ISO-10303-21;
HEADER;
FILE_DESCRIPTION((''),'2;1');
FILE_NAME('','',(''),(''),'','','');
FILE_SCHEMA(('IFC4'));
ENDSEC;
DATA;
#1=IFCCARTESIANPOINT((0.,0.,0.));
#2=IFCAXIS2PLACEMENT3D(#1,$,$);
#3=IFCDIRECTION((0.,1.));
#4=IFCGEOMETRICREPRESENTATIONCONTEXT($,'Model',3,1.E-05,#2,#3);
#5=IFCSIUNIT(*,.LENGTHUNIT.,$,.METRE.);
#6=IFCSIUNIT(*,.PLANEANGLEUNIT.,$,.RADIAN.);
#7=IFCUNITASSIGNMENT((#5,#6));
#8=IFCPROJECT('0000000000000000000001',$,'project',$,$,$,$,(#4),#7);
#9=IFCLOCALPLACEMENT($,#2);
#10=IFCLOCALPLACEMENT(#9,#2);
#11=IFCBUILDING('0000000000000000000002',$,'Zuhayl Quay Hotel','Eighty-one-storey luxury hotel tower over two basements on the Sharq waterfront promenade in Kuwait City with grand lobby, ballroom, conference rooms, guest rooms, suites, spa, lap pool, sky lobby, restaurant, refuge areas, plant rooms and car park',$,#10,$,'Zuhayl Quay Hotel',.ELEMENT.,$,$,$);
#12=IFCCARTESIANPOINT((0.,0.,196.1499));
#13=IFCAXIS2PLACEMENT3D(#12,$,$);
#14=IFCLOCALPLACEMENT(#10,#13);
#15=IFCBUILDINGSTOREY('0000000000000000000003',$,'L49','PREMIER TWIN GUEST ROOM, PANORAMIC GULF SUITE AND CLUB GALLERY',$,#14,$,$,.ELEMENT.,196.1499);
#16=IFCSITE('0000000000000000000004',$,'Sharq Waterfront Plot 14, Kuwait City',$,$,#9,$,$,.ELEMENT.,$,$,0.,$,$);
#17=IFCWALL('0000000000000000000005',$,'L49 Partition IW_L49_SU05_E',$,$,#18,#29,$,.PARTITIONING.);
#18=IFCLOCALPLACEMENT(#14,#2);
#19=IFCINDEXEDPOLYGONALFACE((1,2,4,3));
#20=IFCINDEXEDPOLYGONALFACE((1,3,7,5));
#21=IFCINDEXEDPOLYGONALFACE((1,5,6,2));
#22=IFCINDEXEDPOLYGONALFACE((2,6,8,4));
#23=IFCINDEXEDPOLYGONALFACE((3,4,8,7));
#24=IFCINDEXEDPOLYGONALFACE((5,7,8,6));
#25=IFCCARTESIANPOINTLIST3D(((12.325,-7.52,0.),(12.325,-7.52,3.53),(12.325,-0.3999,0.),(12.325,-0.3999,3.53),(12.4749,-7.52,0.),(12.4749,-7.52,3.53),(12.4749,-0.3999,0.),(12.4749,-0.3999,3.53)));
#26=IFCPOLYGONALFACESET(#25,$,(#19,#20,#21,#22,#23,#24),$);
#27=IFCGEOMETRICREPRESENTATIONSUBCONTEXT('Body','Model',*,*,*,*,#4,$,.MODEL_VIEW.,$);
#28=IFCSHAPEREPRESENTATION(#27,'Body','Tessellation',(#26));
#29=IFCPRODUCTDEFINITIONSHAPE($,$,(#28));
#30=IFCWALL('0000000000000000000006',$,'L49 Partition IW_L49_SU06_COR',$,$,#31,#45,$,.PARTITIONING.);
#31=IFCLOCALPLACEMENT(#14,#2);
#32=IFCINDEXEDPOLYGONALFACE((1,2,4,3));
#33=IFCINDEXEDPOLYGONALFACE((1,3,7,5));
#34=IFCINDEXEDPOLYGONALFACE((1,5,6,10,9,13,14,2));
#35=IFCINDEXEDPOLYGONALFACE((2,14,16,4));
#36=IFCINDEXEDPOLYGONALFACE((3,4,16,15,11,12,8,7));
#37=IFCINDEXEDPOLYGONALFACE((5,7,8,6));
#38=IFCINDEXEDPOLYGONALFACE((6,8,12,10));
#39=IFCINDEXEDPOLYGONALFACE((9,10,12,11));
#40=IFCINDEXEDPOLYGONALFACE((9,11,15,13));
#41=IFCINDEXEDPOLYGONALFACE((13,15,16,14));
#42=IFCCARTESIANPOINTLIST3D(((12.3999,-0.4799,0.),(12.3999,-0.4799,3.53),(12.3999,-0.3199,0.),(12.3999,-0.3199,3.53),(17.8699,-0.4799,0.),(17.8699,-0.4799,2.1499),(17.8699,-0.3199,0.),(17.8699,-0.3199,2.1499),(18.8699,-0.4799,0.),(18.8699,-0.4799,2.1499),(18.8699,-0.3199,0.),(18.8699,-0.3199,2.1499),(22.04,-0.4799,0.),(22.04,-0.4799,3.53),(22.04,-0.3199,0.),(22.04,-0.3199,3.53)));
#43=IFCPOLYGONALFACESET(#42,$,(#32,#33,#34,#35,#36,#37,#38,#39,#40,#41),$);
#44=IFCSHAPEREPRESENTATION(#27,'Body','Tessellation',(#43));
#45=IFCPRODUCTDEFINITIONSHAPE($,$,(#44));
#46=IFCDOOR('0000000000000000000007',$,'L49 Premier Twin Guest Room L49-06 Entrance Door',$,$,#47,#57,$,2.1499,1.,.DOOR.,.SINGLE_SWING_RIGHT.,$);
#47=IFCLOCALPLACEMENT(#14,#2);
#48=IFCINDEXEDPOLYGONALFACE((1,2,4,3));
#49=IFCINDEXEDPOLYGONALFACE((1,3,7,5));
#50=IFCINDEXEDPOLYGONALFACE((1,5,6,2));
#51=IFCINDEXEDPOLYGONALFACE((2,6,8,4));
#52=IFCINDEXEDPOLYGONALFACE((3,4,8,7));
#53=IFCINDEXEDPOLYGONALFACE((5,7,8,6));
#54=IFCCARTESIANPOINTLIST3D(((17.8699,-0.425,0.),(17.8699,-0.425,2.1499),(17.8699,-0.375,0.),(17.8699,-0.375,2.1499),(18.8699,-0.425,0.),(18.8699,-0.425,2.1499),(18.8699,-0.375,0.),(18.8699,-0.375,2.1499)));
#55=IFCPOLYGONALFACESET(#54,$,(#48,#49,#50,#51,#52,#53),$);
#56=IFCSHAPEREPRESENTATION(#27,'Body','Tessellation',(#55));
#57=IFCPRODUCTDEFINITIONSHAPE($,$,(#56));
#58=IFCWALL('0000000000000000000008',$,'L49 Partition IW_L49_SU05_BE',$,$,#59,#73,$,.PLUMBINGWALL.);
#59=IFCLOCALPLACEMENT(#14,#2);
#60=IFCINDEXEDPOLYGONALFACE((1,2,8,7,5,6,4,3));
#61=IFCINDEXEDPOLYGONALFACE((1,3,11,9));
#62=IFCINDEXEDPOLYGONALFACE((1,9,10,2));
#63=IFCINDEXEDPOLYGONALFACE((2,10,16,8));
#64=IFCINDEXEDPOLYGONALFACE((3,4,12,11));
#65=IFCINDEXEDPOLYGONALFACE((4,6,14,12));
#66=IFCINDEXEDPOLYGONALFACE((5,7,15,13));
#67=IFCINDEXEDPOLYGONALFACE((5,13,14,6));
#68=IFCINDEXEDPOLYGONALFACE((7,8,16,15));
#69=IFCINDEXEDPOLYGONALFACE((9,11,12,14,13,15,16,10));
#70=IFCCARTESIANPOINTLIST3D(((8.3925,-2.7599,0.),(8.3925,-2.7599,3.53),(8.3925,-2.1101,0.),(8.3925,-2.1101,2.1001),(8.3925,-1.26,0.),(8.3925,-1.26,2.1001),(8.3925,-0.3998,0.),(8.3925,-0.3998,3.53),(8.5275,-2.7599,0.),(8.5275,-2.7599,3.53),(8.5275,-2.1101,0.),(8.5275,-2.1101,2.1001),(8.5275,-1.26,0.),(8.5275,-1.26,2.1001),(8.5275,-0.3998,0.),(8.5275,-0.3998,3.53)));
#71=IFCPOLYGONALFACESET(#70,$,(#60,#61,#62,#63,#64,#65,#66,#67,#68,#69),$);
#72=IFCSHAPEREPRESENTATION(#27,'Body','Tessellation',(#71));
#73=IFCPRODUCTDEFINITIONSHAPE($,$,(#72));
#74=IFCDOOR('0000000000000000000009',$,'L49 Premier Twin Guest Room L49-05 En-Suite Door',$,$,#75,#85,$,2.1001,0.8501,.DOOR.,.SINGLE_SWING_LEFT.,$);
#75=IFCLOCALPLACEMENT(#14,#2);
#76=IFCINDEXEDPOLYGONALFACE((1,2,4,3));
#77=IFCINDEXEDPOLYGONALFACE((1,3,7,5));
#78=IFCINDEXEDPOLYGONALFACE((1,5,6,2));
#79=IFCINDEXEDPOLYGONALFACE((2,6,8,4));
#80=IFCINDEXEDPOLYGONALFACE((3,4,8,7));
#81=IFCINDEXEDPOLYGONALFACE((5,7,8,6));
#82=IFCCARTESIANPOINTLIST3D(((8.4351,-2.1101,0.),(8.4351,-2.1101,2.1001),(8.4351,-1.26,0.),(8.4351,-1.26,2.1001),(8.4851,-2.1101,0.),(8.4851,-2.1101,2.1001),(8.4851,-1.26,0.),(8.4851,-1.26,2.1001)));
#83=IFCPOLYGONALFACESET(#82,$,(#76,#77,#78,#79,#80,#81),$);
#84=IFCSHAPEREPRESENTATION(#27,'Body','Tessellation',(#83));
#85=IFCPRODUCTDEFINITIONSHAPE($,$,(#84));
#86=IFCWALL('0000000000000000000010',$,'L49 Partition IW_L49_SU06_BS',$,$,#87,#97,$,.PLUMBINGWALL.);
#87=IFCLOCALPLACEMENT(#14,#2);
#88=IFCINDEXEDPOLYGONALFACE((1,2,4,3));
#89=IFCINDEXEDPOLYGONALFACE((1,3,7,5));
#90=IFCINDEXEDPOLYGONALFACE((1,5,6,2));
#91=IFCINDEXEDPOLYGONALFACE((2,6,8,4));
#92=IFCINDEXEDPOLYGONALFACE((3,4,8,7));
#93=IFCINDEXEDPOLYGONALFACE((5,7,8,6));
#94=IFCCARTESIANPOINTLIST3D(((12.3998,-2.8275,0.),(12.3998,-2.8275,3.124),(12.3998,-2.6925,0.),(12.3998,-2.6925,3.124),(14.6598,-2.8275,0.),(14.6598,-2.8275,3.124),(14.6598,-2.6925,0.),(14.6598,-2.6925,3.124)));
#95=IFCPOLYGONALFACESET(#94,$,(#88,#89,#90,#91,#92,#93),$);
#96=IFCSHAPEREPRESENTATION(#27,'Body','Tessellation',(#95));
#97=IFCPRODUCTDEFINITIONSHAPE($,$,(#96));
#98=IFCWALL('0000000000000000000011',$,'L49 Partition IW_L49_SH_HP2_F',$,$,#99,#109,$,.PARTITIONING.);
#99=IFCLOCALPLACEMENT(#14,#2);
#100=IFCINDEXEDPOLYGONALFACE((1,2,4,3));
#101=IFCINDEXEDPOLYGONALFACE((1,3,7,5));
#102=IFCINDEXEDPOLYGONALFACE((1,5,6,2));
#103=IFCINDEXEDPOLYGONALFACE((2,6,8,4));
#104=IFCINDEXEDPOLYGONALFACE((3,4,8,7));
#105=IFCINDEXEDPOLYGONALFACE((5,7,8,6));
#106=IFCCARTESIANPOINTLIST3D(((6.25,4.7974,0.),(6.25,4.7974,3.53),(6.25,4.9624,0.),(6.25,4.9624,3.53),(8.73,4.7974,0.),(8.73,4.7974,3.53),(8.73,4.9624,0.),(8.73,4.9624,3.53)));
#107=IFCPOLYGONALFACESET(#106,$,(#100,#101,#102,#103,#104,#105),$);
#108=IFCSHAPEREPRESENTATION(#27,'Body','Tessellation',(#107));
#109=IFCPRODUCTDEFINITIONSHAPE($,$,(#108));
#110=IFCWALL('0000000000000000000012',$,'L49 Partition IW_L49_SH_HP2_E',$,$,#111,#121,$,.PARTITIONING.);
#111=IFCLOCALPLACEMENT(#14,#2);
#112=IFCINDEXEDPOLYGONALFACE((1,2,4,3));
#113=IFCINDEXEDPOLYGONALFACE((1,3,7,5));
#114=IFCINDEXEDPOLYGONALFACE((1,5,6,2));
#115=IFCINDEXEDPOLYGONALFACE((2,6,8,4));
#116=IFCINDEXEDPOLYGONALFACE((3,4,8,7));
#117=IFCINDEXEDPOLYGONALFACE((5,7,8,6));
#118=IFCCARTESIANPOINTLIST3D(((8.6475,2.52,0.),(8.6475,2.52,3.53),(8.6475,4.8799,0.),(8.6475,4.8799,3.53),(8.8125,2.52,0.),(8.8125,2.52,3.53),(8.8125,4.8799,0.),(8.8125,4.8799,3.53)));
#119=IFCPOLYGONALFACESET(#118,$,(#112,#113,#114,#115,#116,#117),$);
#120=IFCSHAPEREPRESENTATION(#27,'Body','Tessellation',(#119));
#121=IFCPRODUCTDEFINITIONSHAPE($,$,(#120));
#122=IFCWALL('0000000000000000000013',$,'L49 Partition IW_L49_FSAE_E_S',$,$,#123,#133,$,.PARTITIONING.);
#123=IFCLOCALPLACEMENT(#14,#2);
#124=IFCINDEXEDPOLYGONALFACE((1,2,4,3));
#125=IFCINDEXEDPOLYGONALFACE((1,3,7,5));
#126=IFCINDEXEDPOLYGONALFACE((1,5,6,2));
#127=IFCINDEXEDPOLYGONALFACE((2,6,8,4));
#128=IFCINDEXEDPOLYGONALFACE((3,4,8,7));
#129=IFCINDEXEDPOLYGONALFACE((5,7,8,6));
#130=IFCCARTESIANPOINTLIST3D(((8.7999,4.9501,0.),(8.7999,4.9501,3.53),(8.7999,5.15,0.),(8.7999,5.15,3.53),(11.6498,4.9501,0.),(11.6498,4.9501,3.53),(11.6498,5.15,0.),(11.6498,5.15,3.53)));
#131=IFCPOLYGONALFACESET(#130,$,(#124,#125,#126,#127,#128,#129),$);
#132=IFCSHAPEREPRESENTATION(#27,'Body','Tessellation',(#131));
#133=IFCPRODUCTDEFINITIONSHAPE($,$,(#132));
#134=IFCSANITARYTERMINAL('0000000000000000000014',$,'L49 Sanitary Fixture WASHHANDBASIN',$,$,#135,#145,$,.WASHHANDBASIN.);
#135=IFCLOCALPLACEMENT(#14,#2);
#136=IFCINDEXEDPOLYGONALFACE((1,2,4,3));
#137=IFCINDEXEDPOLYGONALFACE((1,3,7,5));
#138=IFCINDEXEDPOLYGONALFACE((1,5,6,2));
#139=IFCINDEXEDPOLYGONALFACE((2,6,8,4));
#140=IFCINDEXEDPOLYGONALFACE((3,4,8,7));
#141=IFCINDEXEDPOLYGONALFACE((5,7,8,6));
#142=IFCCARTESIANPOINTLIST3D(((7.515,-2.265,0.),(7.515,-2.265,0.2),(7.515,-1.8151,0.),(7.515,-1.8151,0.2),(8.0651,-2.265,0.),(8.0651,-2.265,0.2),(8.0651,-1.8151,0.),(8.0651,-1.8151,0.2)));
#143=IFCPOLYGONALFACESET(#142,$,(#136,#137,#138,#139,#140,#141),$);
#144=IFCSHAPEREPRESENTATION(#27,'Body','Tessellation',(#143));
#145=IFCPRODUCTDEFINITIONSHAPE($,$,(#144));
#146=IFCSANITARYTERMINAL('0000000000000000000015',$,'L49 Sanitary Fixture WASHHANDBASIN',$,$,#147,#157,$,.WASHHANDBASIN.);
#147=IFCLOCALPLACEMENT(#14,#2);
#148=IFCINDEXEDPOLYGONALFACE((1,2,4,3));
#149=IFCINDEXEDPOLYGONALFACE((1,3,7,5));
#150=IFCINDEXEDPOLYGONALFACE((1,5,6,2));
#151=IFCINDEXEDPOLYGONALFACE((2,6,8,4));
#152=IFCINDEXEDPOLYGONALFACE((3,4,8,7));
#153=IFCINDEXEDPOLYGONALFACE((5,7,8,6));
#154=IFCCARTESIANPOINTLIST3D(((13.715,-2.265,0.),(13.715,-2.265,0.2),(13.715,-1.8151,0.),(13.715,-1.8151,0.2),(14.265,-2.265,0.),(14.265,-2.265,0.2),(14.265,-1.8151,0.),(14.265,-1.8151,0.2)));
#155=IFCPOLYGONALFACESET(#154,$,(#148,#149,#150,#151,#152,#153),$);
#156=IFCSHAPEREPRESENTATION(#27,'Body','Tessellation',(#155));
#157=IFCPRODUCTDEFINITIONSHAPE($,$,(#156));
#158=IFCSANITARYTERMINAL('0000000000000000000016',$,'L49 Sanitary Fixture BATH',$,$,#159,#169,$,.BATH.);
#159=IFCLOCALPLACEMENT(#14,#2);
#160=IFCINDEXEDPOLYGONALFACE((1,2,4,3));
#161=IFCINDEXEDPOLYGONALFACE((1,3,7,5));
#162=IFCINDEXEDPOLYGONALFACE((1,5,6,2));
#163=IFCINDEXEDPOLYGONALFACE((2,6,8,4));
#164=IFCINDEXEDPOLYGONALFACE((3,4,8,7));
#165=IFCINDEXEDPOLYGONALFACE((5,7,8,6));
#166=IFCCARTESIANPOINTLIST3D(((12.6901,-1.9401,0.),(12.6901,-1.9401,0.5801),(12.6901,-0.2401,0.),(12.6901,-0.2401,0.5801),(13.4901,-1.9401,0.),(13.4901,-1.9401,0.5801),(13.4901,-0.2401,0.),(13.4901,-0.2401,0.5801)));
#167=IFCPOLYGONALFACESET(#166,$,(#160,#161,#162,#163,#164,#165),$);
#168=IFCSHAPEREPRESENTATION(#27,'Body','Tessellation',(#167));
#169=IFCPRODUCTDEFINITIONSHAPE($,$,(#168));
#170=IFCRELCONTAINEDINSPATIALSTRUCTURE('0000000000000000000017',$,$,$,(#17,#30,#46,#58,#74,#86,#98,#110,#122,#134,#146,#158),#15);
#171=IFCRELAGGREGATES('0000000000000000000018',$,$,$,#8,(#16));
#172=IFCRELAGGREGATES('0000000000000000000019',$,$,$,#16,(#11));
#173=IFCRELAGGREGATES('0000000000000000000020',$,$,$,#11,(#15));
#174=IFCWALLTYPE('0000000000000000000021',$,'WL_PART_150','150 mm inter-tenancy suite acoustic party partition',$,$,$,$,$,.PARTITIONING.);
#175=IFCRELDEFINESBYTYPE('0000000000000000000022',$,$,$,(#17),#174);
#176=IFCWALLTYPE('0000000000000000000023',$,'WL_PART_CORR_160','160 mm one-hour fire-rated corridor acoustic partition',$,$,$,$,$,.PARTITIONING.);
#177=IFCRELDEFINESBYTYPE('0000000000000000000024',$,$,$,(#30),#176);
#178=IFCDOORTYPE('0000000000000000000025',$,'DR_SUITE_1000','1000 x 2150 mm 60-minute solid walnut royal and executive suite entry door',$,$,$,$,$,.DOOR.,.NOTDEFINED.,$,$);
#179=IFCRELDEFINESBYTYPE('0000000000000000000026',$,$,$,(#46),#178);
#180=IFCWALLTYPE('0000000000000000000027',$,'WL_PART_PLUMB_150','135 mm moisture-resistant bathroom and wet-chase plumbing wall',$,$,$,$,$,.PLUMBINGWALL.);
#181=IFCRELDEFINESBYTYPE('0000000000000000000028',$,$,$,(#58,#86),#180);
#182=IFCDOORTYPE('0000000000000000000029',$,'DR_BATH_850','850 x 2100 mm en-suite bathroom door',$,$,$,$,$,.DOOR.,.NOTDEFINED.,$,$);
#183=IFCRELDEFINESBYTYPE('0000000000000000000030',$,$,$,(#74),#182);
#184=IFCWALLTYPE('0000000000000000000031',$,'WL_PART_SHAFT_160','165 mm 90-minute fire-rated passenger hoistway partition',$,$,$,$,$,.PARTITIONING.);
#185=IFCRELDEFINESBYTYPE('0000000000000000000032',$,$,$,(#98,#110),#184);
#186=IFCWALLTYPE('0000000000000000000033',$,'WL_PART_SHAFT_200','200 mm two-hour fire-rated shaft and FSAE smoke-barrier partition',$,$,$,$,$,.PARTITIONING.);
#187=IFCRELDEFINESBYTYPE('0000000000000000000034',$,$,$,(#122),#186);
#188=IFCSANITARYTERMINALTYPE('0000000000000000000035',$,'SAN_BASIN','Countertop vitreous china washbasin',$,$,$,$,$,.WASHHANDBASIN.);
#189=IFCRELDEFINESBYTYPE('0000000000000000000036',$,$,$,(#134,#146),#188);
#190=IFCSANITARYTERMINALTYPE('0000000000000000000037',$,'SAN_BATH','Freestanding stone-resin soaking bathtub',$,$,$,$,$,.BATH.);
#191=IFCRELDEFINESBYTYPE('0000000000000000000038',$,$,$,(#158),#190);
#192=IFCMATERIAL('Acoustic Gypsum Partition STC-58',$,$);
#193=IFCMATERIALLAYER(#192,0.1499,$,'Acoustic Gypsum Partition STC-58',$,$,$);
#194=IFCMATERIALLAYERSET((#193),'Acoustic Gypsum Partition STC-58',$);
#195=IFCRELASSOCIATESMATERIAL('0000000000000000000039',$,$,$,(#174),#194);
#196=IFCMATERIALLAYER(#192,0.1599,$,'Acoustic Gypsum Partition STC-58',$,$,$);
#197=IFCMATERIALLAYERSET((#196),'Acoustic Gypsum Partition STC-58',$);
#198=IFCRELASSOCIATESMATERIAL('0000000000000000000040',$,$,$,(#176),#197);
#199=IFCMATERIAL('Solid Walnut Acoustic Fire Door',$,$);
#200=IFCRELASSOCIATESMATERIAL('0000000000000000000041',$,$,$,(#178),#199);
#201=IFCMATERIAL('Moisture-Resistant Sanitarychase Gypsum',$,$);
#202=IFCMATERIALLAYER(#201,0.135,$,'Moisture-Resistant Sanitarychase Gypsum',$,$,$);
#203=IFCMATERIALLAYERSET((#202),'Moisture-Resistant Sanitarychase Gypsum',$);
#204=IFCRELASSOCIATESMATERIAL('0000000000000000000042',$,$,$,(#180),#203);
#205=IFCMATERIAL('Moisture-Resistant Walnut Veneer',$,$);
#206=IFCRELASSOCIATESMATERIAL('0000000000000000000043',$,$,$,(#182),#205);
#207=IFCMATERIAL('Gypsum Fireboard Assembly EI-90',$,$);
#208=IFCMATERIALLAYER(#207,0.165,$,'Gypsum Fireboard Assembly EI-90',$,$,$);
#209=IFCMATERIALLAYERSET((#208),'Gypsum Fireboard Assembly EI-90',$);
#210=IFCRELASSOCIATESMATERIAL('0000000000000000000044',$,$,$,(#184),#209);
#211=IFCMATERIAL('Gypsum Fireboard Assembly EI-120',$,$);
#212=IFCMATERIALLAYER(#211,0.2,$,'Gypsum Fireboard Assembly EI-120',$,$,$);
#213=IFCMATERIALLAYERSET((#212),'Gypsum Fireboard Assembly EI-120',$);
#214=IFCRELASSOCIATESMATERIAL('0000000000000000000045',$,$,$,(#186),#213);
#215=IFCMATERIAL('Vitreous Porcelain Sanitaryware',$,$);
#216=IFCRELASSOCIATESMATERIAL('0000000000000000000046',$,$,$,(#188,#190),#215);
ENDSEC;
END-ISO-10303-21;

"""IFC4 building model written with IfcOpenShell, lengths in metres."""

from ifc_helpers import new_model, si_unit, direction, frame, frame_2d, origin, origin_2d, place, context, subcontext, project, spatial, rectangle, extrude, material, layer, layer_set, type_object, element, fill, save


model = new_model("IFC4")

# Units and contexts
model_context = context("Model", 3, precision=1e-05, world=origin(), true_north=direction((0.0, 1.0)))
body_context = subcontext(model_context, "Body", "Model", "MODEL_VIEW")
ifc_project = project(units=[si_unit("LENGTHUNIT", "METRE"), si_unit("PLANEANGLEUNIT", "RADIAN")], contexts=[model_context])

# Site, building, storey
site_placement = place(None, origin())
site = spatial("IfcSite", under=ifc_project, at=site_placement, Name="Sharq Waterfront Plot 14, Kuwait City", CompositionType="ELEMENT", RefElevation=0.0)
building_placement = place(site_placement, origin())
building = spatial("IfcBuilding", under=site, at=building_placement, Name="Zuhayl Quay Hotel", Description="Eighty-one-storey luxury hotel tower over two basements on the Sharq waterfront promenade in Kuwait City with grand lobby, ballroom, conference rooms, guest rooms, suites, spa, lap pool, sky lobby, restaurant, refuge areas, plant rooms and car park", LongName="Zuhayl Quay Hotel", CompositionType="ELEMENT")
storey_placement = place(building_placement, frame((0.0, 0.0, 196.1499)))
storey = spatial("IfcBuildingStorey", under=building, at=storey_placement, Name="L49", Description="PREMIER TWIN GUEST ROOM, PANORAMIC GULF SUITE AND CLUB GALLERY", CompositionType="ELEMENT", Elevation=196.1499)

# Wall
ifc_material_1 = material(Name="Acoustic Gypsum Partition STC-58")
ifc_layer_1 = layer(ifc_material_1, 0.1499, Name="Acoustic Gypsum Partition STC-58")
ifc_layer_set_1 = layer_set([ifc_layer_1], Name="Acoustic Gypsum Partition STC-58")
wall_type_1 = type_object("IfcWallType", Name="WL_PART_150", Description="150 mm inter-tenancy suite acoustic party partition", PredefinedType="PARTITIONING", material=ifc_layer_set_1)
wall_1_placement = place(storey_placement, frame((12.3999, -7.52, 0.0), z_axis=(0.0, 0.0, 1.0), x_axis=(0.0, 1.0, 0.0)))
element("IfcWall", 1, at=wall_1_placement, inside=storey, type_object=wall_type_1, Name="L49 Partition IW_L49_SU05_E", PredefinedType="PARTITIONING", context=body_context, shape_type="SweptSolid", body=[
    extrude(rectangle(XDim=7.1201, YDim=0.1499, at=frame_2d((3.5601, 0.0))), origin(), (0.0, 0.0, 1.0), 3.53),
])

# Walls, openings, doors
ifc_layer_2 = layer(ifc_material_1, 0.1599, Name="Acoustic Gypsum Partition STC-58")
ifc_layer_set_2 = layer_set([ifc_layer_2], Name="Acoustic Gypsum Partition STC-58")
wall_type_2 = type_object("IfcWallType", Name="WL_PART_CORR_160", Description="160 mm one-hour fire-rated corridor acoustic partition", PredefinedType="PARTITIONING", material=ifc_layer_set_2)
wall_2_placement = place(storey_placement, frame((12.3999, -0.3999, 0.0), z_axis=(0.0, 0.0, 1.0), x_axis=(1.0, 0.0, 0.0)))
wall_2 = element("IfcWall", 2, at=wall_2_placement, inside=storey, type_object=wall_type_2, Name="L49 Partition IW_L49_SU06_COR", PredefinedType="PARTITIONING", context=body_context, shape_type="SweptSolid", body=[
    extrude(rectangle(XDim=9.6401, YDim=0.1599, at=frame_2d((4.8201, 0.0))), origin(), (0.0, 0.0, 1.0), 3.53),
])
opening_1_placement = place(wall_2_placement, frame((5.47, 0.0, 0.0)))
opening_1 = element("IfcOpeningElement", 3, at=opening_1_placement, cuts=wall_2, PredefinedType="OPENING", context=body_context, shape_type="SweptSolid", body=[
    extrude(rectangle(XDim=1.0, YDim=2.1499, at=frame_2d((0.5, 1.075))), frame((0.0, 0.0898, 0.0), z_axis=(0.0, -1.0, 0.0), x_axis=(1.0, 0.0, 0.0)), (0.0, 0.0, 1.0), 0.1799),
])
ifc_material_2 = material(Name="Solid Walnut Acoustic Fire Door")
door_type_1 = type_object("IfcDoorType", Name="DR_SUITE_1000", Description="1000 x 2150 mm 60-minute solid walnut royal and executive suite entry door", OperationType="NOTDEFINED", PredefinedType="DOOR", material=ifc_material_2)
door_1_placement = place(opening_1_placement, origin())
door_1 = element("IfcDoor", 4, at=door_1_placement, inside=storey, type_object=door_type_1, Name="L49 Premier Twin Guest Room L49-06 Entrance Door", OperationType="SINGLE_SWING_RIGHT", OverallHeight=2.1499, OverallWidth=1.0, PredefinedType="DOOR", context=body_context, shape_type="SweptSolid", body=[
    extrude(rectangle(XDim=1.0, YDim=2.1499, at=frame_2d((0.5, 1.075))), frame((0.0, 0.0249, 0.0), z_axis=(0.0, -1.0, 0.0), x_axis=(1.0, 0.0, 0.0)), (0.0, 0.0, 1.0), 0.05),
])
fill(opening_1, door_1)
ifc_material_3 = material(Name="Moisture-Resistant Sanitarychase Gypsum")
ifc_layer_3 = layer(ifc_material_3, 0.135, Name="Moisture-Resistant Sanitarychase Gypsum")
ifc_layer_set_3 = layer_set([ifc_layer_3], Name="Moisture-Resistant Sanitarychase Gypsum")
wall_type_3 = type_object("IfcWallType", Name="WL_PART_PLUMB_150", Description="135 mm moisture-resistant bathroom and wet-chase plumbing wall", PredefinedType="PLUMBINGWALL", material=ifc_layer_set_3)
wall_3_placement = place(storey_placement, frame((8.46, -2.76, 0.0), z_axis=(0.0, 0.0, 1.0), x_axis=(0.0, 1.0, 0.0)))
wall_3 = element("IfcWall", 5, at=wall_3_placement, inside=storey, type_object=wall_type_3, Name="L49 Partition IW_L49_SU05_BE", PredefinedType="PLUMBINGWALL", context=body_context, shape_type="SweptSolid", body=[
    extrude(rectangle(XDim=2.3601, YDim=0.135, at=frame_2d((1.1802, 0.0))), origin(), (0.0, 0.0, 1.0), 3.53),
])
opening_2_placement = place(wall_3_placement, frame((0.6499, 0.0, 0.0)))
opening_2 = element("IfcOpeningElement", 6, at=opening_2_placement, cuts=wall_3, PredefinedType="OPENING", context=body_context, shape_type="SweptSolid", body=[
    extrude(rectangle(XDim=0.8501, YDim=2.1001, at=frame_2d((0.425, 1.05))), frame((0.0, 0.0774, 0.0), z_axis=(0.0, -1.0, 0.0), x_axis=(1.0, 0.0, 0.0)), (0.0, 0.0, 1.0), 0.155),
])
ifc_material_4 = material(Name="Moisture-Resistant Walnut Veneer")
door_type_2 = type_object("IfcDoorType", Name="DR_BATH_850", Description="850 x 2100 mm en-suite bathroom door", OperationType="NOTDEFINED", PredefinedType="DOOR", material=ifc_material_4)
door_2_placement = place(opening_2_placement, origin())
door_2 = element("IfcDoor", 7, at=door_2_placement, inside=storey, type_object=door_type_2, Name="L49 Premier Twin Guest Room L49-05 En-Suite Door", OperationType="SINGLE_SWING_LEFT", OverallHeight=2.1001, OverallWidth=0.8501, PredefinedType="DOOR", context=body_context, shape_type="SweptSolid", body=[
    extrude(rectangle(XDim=0.8501, YDim=2.1001, at=frame_2d((0.425, 1.05))), frame((0.0, 0.0249, 0.0), z_axis=(0.0, -1.0, 0.0), x_axis=(1.0, 0.0, 0.0)), (0.0, 0.0, 1.0), 0.05),
])
fill(opening_2, door_2)

# Walls
wall_4_placement = place(storey_placement, frame((12.3999, -2.76, 0.0), z_axis=(0.0, 0.0, 1.0), x_axis=(1.0, 0.0, 0.0)))
element("IfcWall", 8, at=wall_4_placement, inside=storey, type_object=wall_type_3, Name="L49 Partition IW_L49_SU06_BS", PredefinedType="PLUMBINGWALL", context=body_context, shape_type="SweptSolid", body=[
    extrude(rectangle(XDim=2.26, YDim=0.135, at=frame_2d((1.1299, 0.0))), origin(), (0.0, 0.0, 1.0), 3.124),
])
ifc_material_5 = material(Name="Gypsum Fireboard Assembly EI-90")
ifc_layer_4 = layer(ifc_material_5, 0.165, Name="Gypsum Fireboard Assembly EI-90")
ifc_layer_set_4 = layer_set([ifc_layer_4], Name="Gypsum Fireboard Assembly EI-90")
wall_type_4 = type_object("IfcWallType", Name="WL_PART_SHAFT_160", Description="165 mm 90-minute fire-rated passenger hoistway partition", PredefinedType="PARTITIONING", material=ifc_layer_set_4)
wall_5_placement = place(storey_placement, frame((6.25, 4.8799, 0.0), z_axis=(0.0, 0.0, 1.0), x_axis=(1.0, 0.0, 0.0)))
element("IfcWall", 9, at=wall_5_placement, inside=storey, type_object=wall_type_4, Name="L49 Partition IW_L49_SH_HP2_F", PredefinedType="PARTITIONING", context=body_context, shape_type="SweptSolid", body=[
    extrude(rectangle(XDim=2.48, YDim=0.165, at=frame_2d((1.24, 0.0))), origin(), (0.0, 0.0, 1.0), 3.53),
])
wall_6_placement = place(storey_placement, frame((8.73, 2.52, 0.0), z_axis=(0.0, 0.0, 1.0), x_axis=(0.0, 1.0, 0.0)))
element("IfcWall", 10, at=wall_6_placement, inside=storey, type_object=wall_type_4, Name="L49 Partition IW_L49_SH_HP2_E", PredefinedType="PARTITIONING", context=body_context, shape_type="SweptSolid", body=[
    extrude(rectangle(XDim=2.3599, YDim=0.165, at=frame_2d((1.1799, 0.0))), origin(), (0.0, 0.0, 1.0), 3.53),
])
ifc_material_6 = material(Name="Gypsum Fireboard Assembly EI-120")
ifc_layer_5 = layer(ifc_material_6, 0.2, Name="Gypsum Fireboard Assembly EI-120")
ifc_layer_set_5 = layer_set([ifc_layer_5], Name="Gypsum Fireboard Assembly EI-120")
wall_type_5 = type_object("IfcWallType", Name="WL_PART_SHAFT_200", Description="200 mm two-hour fire-rated shaft and FSAE smoke-barrier partition", PredefinedType="PARTITIONING", material=ifc_layer_set_5)
wall_7_placement = place(storey_placement, frame((8.8, 5.05, 0.0), z_axis=(0.0, 0.0, 1.0), x_axis=(1.0, 0.0, 0.0)))
element("IfcWall", 11, at=wall_7_placement, inside=storey, type_object=wall_type_5, Name="L49 Partition IW_L49_FSAE_E_S", PredefinedType="PARTITIONING", context=body_context, shape_type="SweptSolid", body=[
    extrude(rectangle(XDim=2.8499, YDim=0.2, at=frame_2d((1.4248, 0.0))), origin(), (0.0, 0.0, 1.0), 3.53),
])

# Sanitary terminals
ifc_material_7 = material(Name="Vitreous Porcelain Sanitaryware")
sanitary_terminal_type_1 = type_object("IfcSanitaryTerminalType", Name="SAN_BASIN", Description="Countertop vitreous china washbasin", PredefinedType="WASHHANDBASIN", material=ifc_material_7)
for number, where, z_axis, x_axis, name in (
    (12, (7.79, -2.04, 0.0), (0.0, 0.0, 1.0), (1.0, 0.0, 0.0), "L49 Sanitary Fixture WASHHANDBASIN"),
    (13, (13.99, -2.04, 0.0), (0.0, 0.0, 1.0), (1.0, 0.0, 0.0), "L49 Sanitary Fixture WASHHANDBASIN"),
):
    element("IfcSanitaryTerminal", number, at=place(storey_placement, frame(where, z_axis=z_axis, x_axis=x_axis)), inside=storey, type_object=sanitary_terminal_type_1, Name=name, PredefinedType="WASHHANDBASIN", context=body_context, shape_type="SweptSolid", body=[
        extrude(rectangle(XDim=0.55, YDim=0.45, at=origin_2d()), origin(), (0.0, 0.0, 1.0), 0.2),
    ])
sanitary_terminal_type_2 = type_object("IfcSanitaryTerminalType", Name="SAN_BATH", Description="Freestanding stone-resin soaking bathtub", PredefinedType="BATH", material=ifc_material_7)
sanitary_terminal_1_placement = place(storey_placement, frame((13.0901, -1.0901, 0.0), z_axis=(0.0, 0.0, 1.0), x_axis=(1.0, 0.0, 0.0)))
element("IfcSanitaryTerminal", 14, at=sanitary_terminal_1_placement, inside=storey, type_object=sanitary_terminal_type_2, Name="L49 Sanitary Fixture BATH", PredefinedType="BATH", context=body_context, shape_type="SweptSolid", body=[
    extrude(rectangle(XDim=0.8, YDim=1.7, at=origin_2d()), origin(), (0.0, 0.0, 1.0), 0.5801),
])

save(model, "model.ifc")
